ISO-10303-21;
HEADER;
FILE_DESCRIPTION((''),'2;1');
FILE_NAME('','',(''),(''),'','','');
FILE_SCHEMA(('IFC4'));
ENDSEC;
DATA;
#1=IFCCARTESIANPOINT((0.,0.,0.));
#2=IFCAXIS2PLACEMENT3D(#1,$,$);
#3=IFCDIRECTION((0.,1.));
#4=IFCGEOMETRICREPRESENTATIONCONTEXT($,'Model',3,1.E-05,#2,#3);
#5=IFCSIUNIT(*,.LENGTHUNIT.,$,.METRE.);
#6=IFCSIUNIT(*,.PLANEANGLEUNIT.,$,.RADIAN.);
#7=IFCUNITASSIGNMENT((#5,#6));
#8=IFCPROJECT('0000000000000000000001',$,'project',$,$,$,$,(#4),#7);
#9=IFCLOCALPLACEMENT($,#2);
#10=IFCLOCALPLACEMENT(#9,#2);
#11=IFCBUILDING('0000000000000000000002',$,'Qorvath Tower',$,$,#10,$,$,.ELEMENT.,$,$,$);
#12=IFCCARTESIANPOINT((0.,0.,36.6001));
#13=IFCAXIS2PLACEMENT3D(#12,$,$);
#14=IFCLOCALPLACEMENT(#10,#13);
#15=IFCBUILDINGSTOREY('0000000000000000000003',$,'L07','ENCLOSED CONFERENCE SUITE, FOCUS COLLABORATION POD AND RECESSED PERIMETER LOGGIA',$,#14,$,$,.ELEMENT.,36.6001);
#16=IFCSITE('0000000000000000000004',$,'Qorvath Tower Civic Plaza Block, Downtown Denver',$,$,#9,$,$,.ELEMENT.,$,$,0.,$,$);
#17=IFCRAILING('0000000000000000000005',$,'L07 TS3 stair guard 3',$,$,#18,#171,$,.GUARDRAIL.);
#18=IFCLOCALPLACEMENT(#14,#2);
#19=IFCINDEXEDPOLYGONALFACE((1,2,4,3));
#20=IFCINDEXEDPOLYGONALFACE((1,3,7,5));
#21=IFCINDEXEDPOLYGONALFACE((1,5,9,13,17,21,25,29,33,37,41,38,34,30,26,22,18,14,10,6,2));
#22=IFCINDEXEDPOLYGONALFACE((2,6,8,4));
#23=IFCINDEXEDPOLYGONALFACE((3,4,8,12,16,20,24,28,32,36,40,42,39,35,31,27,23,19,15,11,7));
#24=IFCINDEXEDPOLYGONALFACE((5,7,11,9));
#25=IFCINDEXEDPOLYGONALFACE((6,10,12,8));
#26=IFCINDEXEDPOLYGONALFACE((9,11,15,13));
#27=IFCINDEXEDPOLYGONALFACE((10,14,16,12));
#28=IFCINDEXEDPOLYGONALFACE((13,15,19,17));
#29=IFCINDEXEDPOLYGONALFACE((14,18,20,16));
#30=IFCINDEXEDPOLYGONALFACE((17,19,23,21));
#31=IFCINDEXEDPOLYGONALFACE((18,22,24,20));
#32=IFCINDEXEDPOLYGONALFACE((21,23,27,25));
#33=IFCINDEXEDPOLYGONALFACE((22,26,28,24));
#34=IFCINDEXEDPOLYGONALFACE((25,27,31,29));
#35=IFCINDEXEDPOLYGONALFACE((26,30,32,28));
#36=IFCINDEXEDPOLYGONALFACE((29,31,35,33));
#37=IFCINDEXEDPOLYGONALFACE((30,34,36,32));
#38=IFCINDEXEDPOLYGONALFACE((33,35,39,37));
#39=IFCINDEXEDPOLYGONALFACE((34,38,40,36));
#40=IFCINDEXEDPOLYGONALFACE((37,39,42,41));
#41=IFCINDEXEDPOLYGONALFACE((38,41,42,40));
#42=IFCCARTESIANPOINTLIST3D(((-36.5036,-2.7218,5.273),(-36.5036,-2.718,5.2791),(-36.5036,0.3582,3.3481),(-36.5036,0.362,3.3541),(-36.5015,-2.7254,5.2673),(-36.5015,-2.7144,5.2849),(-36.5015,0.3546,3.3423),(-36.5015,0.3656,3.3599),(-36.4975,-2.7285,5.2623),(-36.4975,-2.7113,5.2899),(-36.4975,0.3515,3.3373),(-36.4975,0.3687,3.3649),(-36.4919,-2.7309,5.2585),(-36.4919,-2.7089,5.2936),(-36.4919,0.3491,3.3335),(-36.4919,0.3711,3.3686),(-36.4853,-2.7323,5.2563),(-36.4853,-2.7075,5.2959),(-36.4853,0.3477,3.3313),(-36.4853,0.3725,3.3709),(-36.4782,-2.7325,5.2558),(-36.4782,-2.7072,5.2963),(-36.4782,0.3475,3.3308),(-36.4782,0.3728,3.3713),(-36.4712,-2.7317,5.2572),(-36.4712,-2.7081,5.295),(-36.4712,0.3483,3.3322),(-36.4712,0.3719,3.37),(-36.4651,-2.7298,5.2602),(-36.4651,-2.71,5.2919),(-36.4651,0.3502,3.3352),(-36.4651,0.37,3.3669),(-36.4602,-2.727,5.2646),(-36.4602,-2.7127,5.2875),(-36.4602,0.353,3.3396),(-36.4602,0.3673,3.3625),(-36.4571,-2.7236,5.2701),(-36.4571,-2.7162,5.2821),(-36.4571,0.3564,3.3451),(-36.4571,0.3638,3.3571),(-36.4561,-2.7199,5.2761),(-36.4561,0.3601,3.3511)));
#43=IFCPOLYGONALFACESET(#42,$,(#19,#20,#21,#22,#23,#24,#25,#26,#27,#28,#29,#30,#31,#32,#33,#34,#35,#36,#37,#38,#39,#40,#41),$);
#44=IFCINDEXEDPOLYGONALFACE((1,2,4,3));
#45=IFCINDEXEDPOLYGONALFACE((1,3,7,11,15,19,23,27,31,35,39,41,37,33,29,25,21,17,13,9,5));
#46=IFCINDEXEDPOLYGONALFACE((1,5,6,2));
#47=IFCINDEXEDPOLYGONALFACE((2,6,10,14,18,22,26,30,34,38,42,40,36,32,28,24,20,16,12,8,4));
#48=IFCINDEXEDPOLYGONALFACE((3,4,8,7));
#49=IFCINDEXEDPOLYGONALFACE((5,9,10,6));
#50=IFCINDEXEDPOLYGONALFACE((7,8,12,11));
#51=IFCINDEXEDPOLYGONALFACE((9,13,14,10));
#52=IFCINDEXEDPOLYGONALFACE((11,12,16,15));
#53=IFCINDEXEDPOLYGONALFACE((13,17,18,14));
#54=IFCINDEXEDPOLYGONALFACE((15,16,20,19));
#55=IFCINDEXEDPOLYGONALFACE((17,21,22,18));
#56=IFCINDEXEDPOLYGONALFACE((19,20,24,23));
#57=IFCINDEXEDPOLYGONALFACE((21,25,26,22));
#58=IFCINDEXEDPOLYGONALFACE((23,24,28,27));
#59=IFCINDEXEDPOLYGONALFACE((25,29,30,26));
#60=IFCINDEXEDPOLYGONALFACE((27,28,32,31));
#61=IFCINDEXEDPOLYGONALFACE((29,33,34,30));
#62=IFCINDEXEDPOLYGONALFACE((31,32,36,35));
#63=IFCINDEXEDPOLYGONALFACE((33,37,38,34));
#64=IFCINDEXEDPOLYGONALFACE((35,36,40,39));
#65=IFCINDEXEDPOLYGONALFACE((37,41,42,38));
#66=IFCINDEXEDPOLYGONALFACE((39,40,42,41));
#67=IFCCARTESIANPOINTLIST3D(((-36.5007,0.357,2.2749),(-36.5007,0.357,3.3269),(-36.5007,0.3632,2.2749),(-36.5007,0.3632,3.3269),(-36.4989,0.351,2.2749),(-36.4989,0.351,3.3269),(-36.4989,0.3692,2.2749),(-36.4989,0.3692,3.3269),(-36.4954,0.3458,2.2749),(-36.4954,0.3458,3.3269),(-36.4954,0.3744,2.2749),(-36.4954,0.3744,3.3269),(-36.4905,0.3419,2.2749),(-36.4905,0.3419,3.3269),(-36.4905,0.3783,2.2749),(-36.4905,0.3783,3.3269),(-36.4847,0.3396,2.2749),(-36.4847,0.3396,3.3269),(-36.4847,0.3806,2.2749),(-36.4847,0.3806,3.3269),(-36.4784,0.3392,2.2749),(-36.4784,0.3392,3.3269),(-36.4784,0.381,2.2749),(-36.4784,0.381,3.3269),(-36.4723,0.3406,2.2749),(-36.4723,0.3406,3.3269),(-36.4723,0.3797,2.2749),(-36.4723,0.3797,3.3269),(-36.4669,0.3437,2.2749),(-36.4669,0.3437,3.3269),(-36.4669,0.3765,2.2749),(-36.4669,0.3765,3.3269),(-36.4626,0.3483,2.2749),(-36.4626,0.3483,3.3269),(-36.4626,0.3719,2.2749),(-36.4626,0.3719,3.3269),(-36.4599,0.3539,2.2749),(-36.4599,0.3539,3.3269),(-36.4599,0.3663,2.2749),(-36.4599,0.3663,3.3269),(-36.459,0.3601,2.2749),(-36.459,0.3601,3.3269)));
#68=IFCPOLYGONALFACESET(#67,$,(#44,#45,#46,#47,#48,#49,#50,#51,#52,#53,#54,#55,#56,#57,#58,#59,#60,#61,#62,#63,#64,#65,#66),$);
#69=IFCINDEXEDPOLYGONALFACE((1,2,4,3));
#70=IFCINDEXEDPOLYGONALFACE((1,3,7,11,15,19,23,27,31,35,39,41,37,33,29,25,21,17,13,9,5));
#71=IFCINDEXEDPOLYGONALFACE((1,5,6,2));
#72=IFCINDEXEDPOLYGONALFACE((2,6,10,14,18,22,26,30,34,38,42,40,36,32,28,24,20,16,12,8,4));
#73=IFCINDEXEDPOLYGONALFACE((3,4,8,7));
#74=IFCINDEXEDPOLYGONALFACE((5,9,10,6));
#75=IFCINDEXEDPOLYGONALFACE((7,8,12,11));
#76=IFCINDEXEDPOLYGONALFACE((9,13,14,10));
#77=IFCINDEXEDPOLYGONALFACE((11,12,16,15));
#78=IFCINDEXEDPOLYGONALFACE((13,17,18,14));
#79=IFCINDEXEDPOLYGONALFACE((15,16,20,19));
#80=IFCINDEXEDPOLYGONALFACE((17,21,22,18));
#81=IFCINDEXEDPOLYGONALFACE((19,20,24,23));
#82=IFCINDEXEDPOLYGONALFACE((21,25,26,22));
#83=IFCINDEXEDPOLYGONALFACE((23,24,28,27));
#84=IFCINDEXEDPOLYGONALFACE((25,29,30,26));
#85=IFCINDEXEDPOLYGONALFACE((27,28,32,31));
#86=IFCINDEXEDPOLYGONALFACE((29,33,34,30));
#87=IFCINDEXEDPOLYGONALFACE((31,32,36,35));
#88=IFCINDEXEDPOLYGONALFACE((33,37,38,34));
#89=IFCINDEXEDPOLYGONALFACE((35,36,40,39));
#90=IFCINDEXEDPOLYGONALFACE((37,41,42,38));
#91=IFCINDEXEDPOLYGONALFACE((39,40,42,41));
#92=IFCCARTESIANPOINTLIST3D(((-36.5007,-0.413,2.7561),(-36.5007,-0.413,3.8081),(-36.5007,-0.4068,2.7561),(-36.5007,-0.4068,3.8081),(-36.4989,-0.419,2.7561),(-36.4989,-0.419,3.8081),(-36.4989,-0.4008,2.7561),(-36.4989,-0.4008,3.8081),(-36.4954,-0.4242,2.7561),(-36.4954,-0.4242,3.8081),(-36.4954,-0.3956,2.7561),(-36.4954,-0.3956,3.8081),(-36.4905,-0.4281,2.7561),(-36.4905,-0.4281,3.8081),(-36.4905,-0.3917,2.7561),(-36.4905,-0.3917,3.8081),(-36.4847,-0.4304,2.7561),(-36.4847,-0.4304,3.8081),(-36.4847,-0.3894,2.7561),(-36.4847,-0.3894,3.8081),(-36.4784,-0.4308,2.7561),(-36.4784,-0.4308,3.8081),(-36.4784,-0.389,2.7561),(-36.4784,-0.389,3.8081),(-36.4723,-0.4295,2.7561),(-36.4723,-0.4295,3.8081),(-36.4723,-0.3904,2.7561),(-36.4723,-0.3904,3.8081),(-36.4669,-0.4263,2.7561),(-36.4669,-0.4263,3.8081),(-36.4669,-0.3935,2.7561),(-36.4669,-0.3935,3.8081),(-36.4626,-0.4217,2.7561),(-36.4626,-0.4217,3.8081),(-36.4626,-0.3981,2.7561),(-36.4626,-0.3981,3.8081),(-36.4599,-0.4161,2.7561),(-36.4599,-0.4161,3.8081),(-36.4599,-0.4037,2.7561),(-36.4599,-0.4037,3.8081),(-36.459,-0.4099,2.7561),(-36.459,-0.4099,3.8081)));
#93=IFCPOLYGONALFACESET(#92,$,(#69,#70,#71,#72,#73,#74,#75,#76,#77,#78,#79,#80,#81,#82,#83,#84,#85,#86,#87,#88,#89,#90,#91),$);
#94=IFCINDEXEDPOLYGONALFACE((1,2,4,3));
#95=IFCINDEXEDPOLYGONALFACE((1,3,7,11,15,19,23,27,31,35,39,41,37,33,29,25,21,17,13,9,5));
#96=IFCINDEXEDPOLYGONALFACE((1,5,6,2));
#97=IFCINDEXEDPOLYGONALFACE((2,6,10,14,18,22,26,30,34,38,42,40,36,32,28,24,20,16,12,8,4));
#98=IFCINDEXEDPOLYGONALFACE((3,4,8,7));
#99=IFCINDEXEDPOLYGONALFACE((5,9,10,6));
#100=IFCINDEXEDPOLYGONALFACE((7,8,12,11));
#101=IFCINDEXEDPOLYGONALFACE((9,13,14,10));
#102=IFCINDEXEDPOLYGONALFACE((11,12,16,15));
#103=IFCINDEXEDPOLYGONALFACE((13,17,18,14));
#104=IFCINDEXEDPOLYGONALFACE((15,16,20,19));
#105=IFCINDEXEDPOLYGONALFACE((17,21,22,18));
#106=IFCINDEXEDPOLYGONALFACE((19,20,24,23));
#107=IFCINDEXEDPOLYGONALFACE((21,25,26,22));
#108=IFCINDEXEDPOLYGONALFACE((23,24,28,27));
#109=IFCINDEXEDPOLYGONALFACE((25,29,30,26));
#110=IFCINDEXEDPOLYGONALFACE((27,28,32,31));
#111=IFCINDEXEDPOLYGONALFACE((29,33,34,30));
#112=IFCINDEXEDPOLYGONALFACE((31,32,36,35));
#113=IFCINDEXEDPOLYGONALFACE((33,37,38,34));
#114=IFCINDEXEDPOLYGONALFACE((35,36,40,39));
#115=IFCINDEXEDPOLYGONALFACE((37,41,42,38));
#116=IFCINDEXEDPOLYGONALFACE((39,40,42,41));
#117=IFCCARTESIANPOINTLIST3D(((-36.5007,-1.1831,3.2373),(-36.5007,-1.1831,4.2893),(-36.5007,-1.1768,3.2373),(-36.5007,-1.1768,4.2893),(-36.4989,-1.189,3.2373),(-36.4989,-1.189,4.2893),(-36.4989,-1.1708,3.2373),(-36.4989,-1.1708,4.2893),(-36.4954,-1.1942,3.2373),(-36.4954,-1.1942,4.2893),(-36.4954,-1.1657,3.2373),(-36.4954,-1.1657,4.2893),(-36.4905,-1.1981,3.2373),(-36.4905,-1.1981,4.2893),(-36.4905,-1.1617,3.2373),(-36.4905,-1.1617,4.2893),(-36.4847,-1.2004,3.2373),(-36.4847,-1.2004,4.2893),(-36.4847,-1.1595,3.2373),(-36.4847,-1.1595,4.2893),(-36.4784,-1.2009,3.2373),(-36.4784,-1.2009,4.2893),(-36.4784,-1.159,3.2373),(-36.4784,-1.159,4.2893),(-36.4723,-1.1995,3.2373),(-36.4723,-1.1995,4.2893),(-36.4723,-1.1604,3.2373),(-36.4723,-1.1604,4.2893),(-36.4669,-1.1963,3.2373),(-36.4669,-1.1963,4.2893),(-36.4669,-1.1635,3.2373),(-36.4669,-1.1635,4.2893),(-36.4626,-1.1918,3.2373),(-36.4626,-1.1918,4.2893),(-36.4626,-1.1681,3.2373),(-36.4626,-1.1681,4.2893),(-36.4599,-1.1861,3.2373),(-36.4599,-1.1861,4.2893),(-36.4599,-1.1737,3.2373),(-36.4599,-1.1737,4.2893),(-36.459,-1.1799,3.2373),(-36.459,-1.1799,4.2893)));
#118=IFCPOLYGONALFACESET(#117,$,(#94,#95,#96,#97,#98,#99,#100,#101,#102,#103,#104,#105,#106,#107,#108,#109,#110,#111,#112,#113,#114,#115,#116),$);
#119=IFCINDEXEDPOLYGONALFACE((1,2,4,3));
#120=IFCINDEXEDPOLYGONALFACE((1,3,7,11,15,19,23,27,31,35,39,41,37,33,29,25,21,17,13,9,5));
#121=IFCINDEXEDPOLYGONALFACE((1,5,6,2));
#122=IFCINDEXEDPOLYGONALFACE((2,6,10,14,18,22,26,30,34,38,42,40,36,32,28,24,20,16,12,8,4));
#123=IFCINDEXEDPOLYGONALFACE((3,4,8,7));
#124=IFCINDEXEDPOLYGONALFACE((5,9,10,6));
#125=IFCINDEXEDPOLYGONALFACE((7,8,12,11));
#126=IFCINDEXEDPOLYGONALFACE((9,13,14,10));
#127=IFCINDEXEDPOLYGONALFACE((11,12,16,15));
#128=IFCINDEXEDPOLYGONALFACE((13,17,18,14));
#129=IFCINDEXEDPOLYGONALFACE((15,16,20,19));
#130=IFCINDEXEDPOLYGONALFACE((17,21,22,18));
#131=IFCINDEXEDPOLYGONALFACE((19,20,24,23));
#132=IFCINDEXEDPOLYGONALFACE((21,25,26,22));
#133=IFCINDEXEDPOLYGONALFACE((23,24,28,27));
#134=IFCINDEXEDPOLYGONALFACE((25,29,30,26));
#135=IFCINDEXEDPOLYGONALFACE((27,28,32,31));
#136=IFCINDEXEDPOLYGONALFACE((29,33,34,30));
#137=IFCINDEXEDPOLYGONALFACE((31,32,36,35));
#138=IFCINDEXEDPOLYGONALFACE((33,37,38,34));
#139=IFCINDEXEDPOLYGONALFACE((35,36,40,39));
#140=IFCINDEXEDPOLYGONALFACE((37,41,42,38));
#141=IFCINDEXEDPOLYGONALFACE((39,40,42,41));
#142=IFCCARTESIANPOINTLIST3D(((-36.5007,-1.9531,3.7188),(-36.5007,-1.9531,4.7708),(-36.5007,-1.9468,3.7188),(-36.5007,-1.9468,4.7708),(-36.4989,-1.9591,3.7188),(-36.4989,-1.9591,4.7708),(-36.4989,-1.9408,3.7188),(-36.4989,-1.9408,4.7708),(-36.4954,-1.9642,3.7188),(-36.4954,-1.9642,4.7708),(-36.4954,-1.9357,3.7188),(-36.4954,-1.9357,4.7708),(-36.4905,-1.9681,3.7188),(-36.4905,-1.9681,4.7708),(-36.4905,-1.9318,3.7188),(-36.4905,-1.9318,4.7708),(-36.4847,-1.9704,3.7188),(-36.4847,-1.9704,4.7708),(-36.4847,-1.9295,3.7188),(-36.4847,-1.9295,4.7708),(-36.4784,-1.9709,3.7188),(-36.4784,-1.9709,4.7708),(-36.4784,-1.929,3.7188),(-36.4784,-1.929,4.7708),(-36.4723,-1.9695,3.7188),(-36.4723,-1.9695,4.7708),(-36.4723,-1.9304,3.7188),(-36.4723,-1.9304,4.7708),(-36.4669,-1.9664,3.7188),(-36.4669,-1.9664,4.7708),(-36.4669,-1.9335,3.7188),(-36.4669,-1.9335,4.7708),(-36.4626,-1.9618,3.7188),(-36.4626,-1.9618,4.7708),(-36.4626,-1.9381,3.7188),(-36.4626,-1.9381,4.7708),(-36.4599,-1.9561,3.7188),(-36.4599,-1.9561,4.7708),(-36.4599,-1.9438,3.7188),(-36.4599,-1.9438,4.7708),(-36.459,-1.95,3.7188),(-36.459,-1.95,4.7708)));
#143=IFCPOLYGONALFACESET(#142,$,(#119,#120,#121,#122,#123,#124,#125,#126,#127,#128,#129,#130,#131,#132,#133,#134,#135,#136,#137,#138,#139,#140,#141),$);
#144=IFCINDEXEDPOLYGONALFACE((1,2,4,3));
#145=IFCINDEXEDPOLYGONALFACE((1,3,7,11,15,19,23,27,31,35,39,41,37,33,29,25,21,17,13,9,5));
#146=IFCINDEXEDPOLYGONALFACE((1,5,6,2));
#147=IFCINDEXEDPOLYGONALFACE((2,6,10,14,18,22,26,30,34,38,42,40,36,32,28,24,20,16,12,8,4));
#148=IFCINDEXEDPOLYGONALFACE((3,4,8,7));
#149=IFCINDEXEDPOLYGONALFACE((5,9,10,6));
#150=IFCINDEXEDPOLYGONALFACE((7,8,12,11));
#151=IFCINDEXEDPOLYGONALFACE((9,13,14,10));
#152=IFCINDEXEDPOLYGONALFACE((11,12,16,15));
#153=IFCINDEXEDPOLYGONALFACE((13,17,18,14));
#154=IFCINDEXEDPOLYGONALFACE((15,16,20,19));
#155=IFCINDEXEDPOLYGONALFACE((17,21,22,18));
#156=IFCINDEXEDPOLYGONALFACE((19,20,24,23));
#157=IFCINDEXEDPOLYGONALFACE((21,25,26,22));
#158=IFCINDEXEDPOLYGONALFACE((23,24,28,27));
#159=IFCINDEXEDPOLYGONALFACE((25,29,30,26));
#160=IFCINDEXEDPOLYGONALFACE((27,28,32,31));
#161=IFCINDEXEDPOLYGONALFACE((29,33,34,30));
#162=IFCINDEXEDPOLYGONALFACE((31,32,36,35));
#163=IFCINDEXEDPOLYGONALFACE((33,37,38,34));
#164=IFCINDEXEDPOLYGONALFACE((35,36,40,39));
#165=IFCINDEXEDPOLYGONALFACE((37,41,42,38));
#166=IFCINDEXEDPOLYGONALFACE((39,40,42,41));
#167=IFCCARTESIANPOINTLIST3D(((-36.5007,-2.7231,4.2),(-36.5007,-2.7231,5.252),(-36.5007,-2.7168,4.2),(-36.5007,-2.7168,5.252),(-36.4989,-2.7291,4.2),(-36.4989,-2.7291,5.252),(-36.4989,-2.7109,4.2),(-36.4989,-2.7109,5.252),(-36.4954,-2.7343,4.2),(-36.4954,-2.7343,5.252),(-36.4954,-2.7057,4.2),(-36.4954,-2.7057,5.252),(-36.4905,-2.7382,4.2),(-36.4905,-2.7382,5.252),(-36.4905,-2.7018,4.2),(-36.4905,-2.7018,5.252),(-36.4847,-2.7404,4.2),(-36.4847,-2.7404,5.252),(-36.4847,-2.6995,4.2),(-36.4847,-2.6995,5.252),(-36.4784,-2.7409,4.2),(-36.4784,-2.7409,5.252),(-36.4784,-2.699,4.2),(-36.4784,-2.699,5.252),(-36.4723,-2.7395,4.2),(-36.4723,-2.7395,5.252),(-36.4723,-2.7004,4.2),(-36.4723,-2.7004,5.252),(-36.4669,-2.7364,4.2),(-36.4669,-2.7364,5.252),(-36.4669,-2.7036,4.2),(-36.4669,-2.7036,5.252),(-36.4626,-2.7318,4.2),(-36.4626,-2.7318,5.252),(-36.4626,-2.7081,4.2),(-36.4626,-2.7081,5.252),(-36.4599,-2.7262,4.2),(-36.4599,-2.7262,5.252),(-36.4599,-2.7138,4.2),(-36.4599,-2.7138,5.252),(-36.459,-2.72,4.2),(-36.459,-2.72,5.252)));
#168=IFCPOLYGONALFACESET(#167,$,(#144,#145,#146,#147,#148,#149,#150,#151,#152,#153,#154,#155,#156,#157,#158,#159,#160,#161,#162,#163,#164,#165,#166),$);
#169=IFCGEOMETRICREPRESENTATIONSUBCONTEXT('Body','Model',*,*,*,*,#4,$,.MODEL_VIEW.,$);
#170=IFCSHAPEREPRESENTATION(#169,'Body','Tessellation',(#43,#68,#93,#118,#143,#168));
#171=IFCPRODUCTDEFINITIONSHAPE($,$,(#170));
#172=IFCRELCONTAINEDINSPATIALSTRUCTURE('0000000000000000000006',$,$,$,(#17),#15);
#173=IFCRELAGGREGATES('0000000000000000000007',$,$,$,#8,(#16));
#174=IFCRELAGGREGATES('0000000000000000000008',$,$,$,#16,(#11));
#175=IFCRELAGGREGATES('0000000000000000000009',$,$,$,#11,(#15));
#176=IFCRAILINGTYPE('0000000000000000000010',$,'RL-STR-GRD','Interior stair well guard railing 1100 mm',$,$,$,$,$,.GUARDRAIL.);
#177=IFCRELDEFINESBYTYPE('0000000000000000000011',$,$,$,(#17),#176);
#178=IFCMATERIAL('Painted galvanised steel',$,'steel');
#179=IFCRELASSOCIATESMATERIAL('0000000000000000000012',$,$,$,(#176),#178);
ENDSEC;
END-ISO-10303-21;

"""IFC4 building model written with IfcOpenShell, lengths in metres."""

from ifc_helpers import new_model, si_unit, direction, frame, origin, origin_2d, place, context, subcontext, project, spatial, circle, extrude, material, type_object, element, save


model = new_model("IFC4")

# Units and contexts
model_context = context("Model", 3, precision=1e-05, world=origin(), true_north=direction((0.0, 1.0)))
body_context = subcontext(model_context, "Body", "Model", "MODEL_VIEW")
ifc_project = project(units=[si_unit("LENGTHUNIT", "METRE"), si_unit("PLANEANGLEUNIT", "RADIAN")], contexts=[model_context])

# Site, building, storey
site_placement = place(None, origin())
site = spatial("IfcSite", under=ifc_project, at=site_placement, Name="Qorvath Tower Civic Plaza Block, Downtown Denver", CompositionType="ELEMENT", RefElevation=0.0)
building_placement = place(site_placement, origin())
building = spatial("IfcBuilding", under=site, at=building_placement, Name="Qorvath Tower", CompositionType="ELEMENT")
storey_placement = place(building_placement, frame((0.0, 0.0, 36.6001)))
storey = spatial("IfcBuildingStorey", under=building, at=storey_placement, Name="L07", Description="ENCLOSED CONFERENCE SUITE, FOCUS COLLABORATION POD AND RECESSED PERIMETER LOGGIA", CompositionType="ELEMENT", Elevation=36.6001)

# Railing
ifc_material_1 = material(Name="Painted galvanised steel", Category="steel")
railing_type_1 = type_object("IfcRailingType", Name="RL-STR-GRD", Description="Interior stair well guard railing 1100 mm", PredefinedType="GUARDRAIL", material=ifc_material_1)
railing_1_placement = place(storey_placement, frame((-36.48, 0.3601, 2.2749)))
element("IfcRailing", 1, at=railing_1_placement, inside=storey, type_object=railing_type_1, Name="L07 TS3 stair guard 3", PredefinedType="GUARDRAIL", context=body_context, shape_type="SweptSolid", body=[
    extrude(circle(Radius=0.0239, at=origin_2d()), frame((0.0, 0.0, 1.0762), z_axis=(0.0, -0.847998, 0.529999), x_axis=(1.0, 0.0, 0.0)), (0.0, 0.0, 1.0), 3.6321),
    extrude(circle(Radius=0.021, at=origin_2d()), origin(), (0.0, 0.0, 1.0), 1.052),
    extrude(circle(Radius=0.021, at=origin_2d()), frame((0.0, -0.77, 0.4812)), (0.0, 0.0, 1.0), 1.052),
    extrude(circle(Radius=0.021, at=origin_2d()), frame((0.0, -1.54, 0.9624)), (0.0, 0.0, 1.0), 1.052),
    extrude(circle(Radius=0.021, at=origin_2d()), frame((0.0, -2.3101, 1.4438)), (0.0, 0.0, 1.0), 1.052),
    extrude(circle(Radius=0.021, at=origin_2d()), frame((0.0, -3.0801, 1.925)), (0.0, 0.0, 1.0), 1.052),
])

save(model, "model.ifc")
